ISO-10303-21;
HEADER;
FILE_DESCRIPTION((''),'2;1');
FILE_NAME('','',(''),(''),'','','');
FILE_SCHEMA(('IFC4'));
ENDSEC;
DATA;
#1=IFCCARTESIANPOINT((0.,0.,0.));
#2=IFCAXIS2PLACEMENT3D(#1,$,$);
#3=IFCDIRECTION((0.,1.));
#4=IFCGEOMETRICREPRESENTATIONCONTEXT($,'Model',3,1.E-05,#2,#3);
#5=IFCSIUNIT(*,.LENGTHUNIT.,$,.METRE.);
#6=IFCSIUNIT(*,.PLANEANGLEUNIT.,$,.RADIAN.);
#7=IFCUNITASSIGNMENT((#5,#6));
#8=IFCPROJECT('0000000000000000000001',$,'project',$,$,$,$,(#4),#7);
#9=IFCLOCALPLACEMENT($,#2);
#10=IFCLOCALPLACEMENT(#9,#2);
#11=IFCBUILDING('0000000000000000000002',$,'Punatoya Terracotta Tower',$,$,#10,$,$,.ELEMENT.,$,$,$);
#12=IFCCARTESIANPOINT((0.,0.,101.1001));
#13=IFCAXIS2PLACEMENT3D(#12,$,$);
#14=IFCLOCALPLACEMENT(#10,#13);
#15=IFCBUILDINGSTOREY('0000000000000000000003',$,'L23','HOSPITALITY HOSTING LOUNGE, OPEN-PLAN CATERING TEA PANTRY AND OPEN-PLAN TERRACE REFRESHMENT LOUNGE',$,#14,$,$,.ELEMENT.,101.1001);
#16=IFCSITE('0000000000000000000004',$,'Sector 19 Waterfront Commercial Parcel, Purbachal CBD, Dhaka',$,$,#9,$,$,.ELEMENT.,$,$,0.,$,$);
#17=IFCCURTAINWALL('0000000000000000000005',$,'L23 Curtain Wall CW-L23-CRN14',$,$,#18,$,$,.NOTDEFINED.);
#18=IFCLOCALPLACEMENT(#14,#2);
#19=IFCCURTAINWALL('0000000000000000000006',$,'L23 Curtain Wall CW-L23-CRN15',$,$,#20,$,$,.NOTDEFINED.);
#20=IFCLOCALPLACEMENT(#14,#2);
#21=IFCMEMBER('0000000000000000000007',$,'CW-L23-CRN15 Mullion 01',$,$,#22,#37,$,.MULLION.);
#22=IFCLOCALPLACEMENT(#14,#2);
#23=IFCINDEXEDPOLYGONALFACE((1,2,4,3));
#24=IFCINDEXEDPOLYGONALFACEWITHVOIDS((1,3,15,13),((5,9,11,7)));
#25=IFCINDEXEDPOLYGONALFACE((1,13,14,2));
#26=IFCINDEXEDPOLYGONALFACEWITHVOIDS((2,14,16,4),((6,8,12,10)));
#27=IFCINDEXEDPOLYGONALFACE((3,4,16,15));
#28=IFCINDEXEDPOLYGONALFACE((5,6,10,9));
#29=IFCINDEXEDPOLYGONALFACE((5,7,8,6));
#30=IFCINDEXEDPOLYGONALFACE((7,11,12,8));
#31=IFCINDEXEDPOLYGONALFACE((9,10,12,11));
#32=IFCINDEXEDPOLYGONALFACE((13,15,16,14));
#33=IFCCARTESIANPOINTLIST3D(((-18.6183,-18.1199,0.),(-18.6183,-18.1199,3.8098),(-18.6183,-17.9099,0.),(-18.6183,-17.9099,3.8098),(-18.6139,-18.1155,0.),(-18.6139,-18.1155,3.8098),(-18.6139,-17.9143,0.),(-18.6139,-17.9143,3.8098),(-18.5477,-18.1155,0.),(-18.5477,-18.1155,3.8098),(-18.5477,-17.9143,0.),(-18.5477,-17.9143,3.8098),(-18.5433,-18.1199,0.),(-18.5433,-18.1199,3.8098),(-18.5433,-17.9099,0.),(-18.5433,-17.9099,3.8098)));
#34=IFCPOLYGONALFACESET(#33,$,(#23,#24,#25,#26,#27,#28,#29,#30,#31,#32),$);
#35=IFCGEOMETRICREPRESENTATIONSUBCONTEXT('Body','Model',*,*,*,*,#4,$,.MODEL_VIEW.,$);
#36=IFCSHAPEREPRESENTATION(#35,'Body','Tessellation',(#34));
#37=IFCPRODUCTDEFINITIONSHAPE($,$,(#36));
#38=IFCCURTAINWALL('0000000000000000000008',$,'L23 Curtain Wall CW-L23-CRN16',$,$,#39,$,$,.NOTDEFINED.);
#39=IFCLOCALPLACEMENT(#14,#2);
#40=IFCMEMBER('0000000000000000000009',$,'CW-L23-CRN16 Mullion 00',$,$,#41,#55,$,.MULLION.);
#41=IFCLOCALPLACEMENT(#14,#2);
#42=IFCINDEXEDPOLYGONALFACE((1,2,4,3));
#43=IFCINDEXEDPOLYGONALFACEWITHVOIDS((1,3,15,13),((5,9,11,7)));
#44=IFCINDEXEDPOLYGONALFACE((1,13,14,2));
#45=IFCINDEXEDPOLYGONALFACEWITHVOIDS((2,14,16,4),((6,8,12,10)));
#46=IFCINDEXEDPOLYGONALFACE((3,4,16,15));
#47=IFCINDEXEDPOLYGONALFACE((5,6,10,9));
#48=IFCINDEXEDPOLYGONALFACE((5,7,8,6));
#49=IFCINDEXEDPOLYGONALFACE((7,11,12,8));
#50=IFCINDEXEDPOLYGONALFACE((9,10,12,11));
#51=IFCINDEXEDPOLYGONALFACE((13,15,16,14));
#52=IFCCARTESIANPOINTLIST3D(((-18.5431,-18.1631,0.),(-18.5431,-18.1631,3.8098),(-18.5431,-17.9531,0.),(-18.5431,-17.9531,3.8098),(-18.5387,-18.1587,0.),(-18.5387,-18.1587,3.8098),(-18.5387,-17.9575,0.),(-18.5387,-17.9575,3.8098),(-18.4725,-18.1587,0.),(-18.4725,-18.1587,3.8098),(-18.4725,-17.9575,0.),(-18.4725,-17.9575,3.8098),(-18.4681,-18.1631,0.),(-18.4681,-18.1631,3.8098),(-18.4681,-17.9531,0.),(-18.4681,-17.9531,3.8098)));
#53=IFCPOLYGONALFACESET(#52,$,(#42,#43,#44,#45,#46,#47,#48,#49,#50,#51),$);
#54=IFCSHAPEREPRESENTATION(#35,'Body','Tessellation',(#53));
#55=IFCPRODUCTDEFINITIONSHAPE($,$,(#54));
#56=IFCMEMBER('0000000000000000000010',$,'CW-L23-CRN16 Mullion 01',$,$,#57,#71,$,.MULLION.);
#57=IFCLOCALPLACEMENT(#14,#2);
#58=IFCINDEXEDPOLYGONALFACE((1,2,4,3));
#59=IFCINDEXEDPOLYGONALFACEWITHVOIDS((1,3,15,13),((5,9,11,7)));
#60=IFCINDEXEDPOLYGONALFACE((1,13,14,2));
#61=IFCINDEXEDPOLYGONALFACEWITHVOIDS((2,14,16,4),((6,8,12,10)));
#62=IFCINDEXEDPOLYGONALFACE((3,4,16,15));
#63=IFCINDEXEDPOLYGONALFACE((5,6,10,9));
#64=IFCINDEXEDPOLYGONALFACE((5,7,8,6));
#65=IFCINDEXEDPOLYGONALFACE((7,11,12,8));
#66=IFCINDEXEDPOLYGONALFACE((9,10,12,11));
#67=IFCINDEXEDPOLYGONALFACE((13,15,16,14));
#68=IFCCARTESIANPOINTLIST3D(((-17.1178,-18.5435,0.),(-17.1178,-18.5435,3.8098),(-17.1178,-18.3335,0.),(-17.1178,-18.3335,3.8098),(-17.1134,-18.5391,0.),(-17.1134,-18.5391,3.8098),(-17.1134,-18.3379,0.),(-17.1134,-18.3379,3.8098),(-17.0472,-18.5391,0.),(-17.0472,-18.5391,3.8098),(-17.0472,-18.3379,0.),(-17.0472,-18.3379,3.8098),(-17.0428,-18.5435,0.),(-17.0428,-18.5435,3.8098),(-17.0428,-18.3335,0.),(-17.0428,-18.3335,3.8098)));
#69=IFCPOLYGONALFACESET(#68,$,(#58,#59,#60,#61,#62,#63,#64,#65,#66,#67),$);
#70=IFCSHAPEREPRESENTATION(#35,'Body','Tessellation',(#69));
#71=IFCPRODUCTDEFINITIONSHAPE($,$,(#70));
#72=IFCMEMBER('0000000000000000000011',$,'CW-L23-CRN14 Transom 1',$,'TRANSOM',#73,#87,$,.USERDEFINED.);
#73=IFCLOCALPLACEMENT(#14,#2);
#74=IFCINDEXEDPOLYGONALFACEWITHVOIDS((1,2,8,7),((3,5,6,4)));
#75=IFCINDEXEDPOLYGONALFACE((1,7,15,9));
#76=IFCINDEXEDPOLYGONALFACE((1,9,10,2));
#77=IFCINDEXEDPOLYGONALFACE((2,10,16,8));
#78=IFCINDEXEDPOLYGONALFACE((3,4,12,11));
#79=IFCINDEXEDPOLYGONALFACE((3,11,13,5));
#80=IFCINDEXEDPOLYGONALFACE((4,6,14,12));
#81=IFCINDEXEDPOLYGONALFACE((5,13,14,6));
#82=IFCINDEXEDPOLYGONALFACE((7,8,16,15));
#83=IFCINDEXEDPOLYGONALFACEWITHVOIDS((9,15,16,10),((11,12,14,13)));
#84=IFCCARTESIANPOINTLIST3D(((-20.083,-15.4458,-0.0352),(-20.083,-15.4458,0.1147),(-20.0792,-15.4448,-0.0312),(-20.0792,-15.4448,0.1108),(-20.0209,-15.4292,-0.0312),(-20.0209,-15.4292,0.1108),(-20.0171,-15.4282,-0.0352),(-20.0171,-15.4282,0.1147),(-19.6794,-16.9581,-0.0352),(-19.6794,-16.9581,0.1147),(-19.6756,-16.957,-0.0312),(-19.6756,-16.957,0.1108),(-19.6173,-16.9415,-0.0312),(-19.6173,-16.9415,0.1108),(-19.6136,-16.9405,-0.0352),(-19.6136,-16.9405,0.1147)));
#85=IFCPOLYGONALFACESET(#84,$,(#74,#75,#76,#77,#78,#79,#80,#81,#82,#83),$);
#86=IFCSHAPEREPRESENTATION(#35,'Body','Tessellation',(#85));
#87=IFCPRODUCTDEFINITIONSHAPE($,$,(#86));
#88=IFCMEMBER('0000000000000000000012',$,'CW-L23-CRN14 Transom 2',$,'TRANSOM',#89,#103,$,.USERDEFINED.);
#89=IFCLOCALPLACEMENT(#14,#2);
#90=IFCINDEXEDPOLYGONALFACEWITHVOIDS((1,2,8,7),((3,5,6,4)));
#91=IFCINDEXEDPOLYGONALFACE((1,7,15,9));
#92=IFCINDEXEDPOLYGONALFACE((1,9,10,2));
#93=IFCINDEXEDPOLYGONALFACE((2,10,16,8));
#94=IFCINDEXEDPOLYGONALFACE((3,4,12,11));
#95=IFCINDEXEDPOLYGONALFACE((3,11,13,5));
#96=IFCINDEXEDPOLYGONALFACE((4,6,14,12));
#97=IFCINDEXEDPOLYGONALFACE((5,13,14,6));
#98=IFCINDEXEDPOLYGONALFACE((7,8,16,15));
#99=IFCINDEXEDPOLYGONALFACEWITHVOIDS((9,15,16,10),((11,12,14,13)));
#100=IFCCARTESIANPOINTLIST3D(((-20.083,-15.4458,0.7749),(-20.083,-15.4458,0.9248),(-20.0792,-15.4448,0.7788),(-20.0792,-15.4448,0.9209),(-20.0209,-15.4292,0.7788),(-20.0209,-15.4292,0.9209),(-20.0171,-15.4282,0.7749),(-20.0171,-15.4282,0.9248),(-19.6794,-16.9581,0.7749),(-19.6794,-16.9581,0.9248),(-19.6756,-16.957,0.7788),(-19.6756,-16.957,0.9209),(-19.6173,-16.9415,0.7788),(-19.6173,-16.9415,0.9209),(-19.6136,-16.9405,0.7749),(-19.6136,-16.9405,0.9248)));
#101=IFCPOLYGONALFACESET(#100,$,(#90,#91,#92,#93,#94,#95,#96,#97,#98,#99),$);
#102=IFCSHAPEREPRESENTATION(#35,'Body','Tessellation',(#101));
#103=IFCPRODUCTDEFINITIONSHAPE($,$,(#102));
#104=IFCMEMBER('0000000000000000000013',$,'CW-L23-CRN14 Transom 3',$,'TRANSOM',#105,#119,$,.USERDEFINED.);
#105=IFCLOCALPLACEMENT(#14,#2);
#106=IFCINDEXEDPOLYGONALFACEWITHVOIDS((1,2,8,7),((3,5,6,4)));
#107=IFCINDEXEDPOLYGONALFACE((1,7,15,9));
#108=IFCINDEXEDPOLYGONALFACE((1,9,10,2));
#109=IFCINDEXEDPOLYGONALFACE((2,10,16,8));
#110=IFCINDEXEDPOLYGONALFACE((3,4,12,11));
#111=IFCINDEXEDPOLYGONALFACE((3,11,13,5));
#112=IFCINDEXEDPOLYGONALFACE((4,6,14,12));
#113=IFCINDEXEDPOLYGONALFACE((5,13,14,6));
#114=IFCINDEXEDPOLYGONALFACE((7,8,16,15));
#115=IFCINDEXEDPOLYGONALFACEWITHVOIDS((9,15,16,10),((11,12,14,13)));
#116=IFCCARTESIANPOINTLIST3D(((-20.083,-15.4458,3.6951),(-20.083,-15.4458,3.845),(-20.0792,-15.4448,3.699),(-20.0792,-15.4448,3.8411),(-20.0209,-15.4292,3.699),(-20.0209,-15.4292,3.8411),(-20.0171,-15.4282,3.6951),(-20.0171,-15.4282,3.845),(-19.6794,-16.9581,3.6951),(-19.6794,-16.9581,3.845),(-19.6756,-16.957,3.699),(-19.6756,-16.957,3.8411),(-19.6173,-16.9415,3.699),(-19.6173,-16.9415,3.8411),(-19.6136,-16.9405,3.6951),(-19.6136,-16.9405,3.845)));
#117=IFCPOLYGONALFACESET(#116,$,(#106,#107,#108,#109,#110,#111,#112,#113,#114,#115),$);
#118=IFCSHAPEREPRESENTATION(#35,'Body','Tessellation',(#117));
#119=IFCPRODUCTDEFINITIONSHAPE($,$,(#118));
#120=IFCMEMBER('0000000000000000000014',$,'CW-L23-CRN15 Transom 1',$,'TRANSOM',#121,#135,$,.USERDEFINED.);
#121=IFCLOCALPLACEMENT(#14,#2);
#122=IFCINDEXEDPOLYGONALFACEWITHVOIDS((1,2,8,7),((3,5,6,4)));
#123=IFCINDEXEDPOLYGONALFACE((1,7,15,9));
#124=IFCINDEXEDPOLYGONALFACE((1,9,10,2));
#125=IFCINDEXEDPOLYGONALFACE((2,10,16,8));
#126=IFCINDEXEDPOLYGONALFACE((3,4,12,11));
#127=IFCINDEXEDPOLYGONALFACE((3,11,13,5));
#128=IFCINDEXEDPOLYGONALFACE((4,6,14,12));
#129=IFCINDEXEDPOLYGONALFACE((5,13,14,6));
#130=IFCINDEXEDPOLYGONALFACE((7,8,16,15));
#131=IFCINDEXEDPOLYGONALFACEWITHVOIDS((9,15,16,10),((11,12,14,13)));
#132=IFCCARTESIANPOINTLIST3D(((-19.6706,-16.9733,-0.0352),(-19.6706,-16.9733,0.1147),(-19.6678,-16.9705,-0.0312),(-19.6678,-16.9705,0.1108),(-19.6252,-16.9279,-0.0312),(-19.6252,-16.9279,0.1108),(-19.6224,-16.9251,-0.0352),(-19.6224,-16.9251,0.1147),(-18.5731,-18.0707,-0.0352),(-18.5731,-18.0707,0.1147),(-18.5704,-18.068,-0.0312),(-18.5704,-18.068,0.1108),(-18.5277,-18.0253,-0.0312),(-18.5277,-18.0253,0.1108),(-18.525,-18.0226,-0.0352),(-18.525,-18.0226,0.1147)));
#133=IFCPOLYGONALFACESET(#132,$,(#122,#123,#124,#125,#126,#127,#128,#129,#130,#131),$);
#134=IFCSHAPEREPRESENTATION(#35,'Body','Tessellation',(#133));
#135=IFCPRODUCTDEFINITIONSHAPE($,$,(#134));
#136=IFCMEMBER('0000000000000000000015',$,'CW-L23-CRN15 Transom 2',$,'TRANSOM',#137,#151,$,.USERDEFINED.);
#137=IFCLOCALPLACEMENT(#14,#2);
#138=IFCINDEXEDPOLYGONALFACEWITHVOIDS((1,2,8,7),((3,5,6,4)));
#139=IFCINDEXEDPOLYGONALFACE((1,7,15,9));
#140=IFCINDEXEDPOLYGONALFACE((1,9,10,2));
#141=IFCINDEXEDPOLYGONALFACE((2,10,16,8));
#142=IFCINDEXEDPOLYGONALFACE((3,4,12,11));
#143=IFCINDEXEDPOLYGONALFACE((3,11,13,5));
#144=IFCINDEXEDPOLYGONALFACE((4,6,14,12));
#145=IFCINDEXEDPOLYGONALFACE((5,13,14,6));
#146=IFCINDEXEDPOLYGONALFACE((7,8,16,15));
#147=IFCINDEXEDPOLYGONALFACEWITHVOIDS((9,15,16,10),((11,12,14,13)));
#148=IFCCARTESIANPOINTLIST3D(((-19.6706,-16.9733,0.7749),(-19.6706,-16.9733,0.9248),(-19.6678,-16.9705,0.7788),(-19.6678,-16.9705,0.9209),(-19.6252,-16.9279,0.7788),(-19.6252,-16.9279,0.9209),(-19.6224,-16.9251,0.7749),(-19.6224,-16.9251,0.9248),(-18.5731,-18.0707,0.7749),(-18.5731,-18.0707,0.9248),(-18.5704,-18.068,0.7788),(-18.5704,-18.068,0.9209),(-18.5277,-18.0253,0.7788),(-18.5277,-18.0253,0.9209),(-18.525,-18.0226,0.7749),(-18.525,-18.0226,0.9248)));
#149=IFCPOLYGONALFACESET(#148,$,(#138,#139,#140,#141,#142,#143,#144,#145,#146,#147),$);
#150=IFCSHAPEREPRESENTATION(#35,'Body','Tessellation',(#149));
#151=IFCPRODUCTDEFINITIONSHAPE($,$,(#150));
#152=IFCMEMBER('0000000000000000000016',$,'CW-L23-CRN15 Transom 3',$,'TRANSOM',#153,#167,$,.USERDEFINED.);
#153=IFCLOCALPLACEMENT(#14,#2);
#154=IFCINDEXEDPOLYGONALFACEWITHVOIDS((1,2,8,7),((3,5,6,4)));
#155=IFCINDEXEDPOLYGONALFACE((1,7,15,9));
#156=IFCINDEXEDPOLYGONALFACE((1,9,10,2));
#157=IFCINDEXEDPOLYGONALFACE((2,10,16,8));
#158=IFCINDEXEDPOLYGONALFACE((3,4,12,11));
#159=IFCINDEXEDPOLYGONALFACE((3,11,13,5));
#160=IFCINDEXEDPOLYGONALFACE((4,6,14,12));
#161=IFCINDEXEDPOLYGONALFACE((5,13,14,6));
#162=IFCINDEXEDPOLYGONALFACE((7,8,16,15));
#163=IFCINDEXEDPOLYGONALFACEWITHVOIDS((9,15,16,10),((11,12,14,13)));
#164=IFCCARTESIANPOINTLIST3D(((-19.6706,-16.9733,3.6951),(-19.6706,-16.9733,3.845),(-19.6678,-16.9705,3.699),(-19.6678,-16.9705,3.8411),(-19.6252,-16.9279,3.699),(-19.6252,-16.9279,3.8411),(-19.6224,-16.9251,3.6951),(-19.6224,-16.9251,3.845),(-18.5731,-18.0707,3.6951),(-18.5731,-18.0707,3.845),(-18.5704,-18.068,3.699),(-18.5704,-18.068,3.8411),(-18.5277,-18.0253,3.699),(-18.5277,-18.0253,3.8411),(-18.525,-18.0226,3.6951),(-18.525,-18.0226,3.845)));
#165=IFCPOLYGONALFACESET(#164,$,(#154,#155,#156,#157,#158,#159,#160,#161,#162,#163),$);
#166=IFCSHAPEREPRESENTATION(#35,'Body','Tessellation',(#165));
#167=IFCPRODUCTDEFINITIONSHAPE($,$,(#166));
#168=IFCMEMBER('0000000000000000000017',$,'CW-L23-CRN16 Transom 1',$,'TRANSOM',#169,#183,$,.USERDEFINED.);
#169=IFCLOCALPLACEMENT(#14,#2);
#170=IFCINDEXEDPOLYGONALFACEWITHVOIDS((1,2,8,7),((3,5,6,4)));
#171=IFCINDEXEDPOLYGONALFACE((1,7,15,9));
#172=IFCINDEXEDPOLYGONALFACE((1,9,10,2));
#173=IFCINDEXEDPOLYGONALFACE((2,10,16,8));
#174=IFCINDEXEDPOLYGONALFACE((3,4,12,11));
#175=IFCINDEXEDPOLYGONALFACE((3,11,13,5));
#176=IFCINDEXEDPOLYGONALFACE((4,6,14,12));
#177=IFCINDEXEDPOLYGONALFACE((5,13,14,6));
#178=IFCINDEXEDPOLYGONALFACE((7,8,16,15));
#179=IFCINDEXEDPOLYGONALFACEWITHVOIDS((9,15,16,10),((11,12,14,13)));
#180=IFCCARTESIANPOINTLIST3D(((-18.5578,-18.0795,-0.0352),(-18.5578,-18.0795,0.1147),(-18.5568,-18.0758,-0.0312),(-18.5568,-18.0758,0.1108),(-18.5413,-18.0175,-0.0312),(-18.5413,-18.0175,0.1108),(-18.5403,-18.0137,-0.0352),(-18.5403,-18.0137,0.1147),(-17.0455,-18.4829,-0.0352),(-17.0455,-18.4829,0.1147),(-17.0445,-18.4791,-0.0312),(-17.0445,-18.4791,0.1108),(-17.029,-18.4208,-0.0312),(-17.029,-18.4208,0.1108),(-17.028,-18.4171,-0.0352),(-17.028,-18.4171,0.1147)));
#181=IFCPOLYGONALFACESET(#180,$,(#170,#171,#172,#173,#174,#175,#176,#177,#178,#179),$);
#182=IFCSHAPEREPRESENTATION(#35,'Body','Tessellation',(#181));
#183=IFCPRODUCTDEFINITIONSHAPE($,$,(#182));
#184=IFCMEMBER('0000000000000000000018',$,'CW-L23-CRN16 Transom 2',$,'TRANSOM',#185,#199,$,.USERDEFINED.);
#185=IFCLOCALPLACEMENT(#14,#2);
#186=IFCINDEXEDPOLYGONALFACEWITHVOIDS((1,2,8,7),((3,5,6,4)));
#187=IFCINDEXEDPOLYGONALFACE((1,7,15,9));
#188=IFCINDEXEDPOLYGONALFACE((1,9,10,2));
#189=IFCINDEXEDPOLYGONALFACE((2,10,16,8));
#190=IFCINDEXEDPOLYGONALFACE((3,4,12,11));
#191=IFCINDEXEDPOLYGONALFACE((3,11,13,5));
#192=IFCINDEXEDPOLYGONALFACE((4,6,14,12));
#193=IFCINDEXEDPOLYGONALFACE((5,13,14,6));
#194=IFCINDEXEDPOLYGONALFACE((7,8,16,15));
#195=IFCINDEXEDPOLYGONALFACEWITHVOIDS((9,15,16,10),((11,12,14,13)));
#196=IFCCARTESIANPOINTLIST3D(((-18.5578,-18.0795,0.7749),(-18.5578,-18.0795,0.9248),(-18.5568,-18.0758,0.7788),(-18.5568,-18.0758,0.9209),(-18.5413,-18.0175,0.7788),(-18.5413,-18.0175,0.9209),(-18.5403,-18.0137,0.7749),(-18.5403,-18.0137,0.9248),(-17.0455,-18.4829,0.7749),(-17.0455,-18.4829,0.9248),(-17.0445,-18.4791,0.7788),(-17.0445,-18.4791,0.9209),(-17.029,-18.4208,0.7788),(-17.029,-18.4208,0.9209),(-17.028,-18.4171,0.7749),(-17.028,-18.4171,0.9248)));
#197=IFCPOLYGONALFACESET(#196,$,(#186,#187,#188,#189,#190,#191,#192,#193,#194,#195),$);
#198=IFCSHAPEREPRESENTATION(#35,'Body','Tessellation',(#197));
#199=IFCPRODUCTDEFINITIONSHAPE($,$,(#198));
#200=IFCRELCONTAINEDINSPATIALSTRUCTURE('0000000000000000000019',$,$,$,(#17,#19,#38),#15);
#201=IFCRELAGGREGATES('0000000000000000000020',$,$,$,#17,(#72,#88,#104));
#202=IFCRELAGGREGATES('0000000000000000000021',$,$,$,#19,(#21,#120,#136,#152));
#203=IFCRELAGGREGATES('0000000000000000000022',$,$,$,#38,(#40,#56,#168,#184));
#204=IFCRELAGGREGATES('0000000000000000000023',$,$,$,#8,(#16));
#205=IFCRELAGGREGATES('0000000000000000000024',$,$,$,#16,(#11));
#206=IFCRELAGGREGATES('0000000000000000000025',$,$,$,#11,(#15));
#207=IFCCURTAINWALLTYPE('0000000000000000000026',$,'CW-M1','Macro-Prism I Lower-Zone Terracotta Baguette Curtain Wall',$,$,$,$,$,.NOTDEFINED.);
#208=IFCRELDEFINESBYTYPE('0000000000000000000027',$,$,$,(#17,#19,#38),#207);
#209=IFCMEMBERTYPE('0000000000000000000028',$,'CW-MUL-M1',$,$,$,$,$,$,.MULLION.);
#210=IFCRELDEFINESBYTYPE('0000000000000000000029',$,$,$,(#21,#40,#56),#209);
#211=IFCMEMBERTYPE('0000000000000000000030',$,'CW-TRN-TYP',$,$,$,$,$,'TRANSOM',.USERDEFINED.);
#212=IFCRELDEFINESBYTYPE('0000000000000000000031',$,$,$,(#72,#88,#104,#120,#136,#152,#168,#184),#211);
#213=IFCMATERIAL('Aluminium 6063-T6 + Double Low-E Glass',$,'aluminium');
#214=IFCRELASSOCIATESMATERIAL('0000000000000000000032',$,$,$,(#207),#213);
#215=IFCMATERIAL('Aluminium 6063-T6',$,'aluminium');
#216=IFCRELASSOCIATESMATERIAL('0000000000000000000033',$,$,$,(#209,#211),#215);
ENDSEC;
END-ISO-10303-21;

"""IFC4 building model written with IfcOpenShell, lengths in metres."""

from ifc_helpers import new_model, si_unit, direction, frame, origin, origin_2d, place, context, subcontext, project, spatial, hollow_rectangle, extrude, material, material_profile, profile_set, type_object, element, aggregate, save


model = new_model("IFC4")

# Units and contexts
model_context = context("Model", 3, precision=1e-05, world=origin(), true_north=direction((0.0, 1.0)))
body_context = subcontext(model_context, "Body", "Model", "MODEL_VIEW")
ifc_project = project(units=[si_unit("LENGTHUNIT", "METRE"), si_unit("PLANEANGLEUNIT", "RADIAN")], contexts=[model_context])

# Site, building, storey
site_placement = place(None, origin())
site = spatial("IfcSite", under=ifc_project, at=site_placement, Name="Sector 19 Waterfront Commercial Parcel, Purbachal CBD, Dhaka", CompositionType="ELEMENT", RefElevation=0.0)
building_placement = place(site_placement, origin())
building = spatial("IfcBuilding", under=site, at=building_placement, Name="Punatoya Terracotta Tower", CompositionType="ELEMENT")
storey_placement = place(building_placement, frame((0.0, 0.0, 101.1001)))
storey = spatial("IfcBuildingStorey", under=building, at=storey_placement, Name="L23", Description="HOSPITALITY HOSTING LOUNGE, OPEN-PLAN CATERING TEA PANTRY AND OPEN-PLAN TERRACE REFRESHMENT LOUNGE", CompositionType="ELEMENT", Elevation=101.1001)

# Shared definitions
ifc_material_1 = material(Name="Aluminium 6063-T6 + Double Low-E Glass", Category="aluminium")
curtain_wall_type = type_object("IfcCurtainWallType", Name="CW-M1", Description="Macro-Prism I Lower-Zone Terracotta Baguette Curtain Wall", PredefinedType="NOTDEFINED", material=ifc_material_1)
ifc_material_2 = material(Name="Aluminium 6063-T6", Category="aluminium")
ifc_material_profile_1 = material_profile(ifc_material_2, hollow_rectangle(XDim=0.075, YDim=0.21, WallThickness=0.0044, at=origin_2d()))
ifc_profile_set_1 = profile_set([ifc_material_profile_1], Name="Aluminium 6063-T6")
member_type_1 = type_object("IfcMemberType", Name="CW-MUL-M1", PredefinedType="MULLION", material=ifc_profile_set_1)

# Curtain walls, members
curtain_wall_1_placement = place(storey_placement, origin())
curtain_wall_1 = element("IfcCurtainWall", 1, at=curtain_wall_1_placement, inside=storey, type_object=curtain_wall_type, Name="L23 Curtain Wall CW-L23-CRN14", PredefinedType="NOTDEFINED")
curtain_wall_2_placement = place(storey_placement, origin())
curtain_wall_2 = element("IfcCurtainWall", 2, at=curtain_wall_2_placement, inside=storey, type_object=curtain_wall_type, Name="L23 Curtain Wall CW-L23-CRN15", PredefinedType="NOTDEFINED")
member_1_placement = place(storey_placement, frame((-18.5808, -18.0149, 0.0), z_axis=(0.0, 0.0, 1.0), x_axis=(1.0, 0.0, 0.0)))
member_1 = element("IfcMember", 3, at=member_1_placement, type_object=member_type_1, Name="CW-L23-CRN15 Mullion 01", PredefinedType="MULLION", context=body_context, shape_type="SweptSolid", body=[
    extrude(hollow_rectangle(XDim=0.075, YDim=0.21, WallThickness=0.0044, at=origin_2d()), origin(), (0.0, 0.0, 1.0), 3.8098),
])
curtain_wall_3_placement = place(storey_placement, origin())
curtain_wall_3 = element("IfcCurtainWall", 4, at=curtain_wall_3_placement, inside=storey, type_object=curtain_wall_type, Name="L23 Curtain Wall CW-L23-CRN16", PredefinedType="NOTDEFINED")
member_2_placement = place(storey_placement, frame((-18.5056, -18.0581, 0.0), z_axis=(0.0, 0.0, 1.0), x_axis=(1.0, 0.0, 0.0)))
member_2 = element("IfcMember", 5, at=member_2_placement, type_object=member_type_1, Name="CW-L23-CRN16 Mullion 00", PredefinedType="MULLION", context=body_context, shape_type="SweptSolid", body=[
    extrude(hollow_rectangle(XDim=0.075, YDim=0.21, WallThickness=0.0044, at=origin_2d()), origin(), (0.0, 0.0, 1.0), 3.8098),
])
member_3_placement = place(storey_placement, frame((-17.0803, -18.4385, 0.0), z_axis=(0.0, 0.0, 1.0), x_axis=(1.0, 0.0, 0.0)))
member_3 = element("IfcMember", 6, at=member_3_placement, type_object=member_type_1, Name="CW-L23-CRN16 Mullion 01", PredefinedType="MULLION", context=body_context, shape_type="SweptSolid", body=[
    extrude(hollow_rectangle(XDim=0.075, YDim=0.21, WallThickness=0.0044, at=origin_2d()), origin(), (0.0, 0.0, 1.0), 3.8098),
])

# Members
ifc_material_profile_2 = material_profile(ifc_material_2, hollow_rectangle(XDim=0.0681, YDim=0.1499, WallThickness=0.0039, at=origin_2d()))
ifc_profile_set_2 = profile_set([ifc_material_profile_2], Name="Aluminium 6063-T6")
member_type_2 = type_object("IfcMemberType", Name="CW-TRN-TYP", ElementType="TRANSOM", PredefinedType="USERDEFINED", material=ifc_profile_set_2)
member_4_placement = place(storey_placement, frame((-20.05, -15.437, 0.0398), z_axis=(0.257847, -0.966186, 0.0), x_axis=(0.966186, 0.257847, 0.0)))
member_4 = element("IfcMember", 7, at=member_4_placement, type_object=member_type_2, Name="CW-L23-CRN14 Transom 1", ObjectType="TRANSOM", PredefinedType="USERDEFINED", context=body_context, shape_type="SweptSolid", body=[
    extrude(hollow_rectangle(XDim=0.0681, YDim=0.1499, WallThickness=0.0039, at=origin_2d()), origin(), (0.0, 0.0, 1.0), 1.5652),
])
member_5_placement = place(storey_placement, frame((-20.05, -15.437, 0.8499), z_axis=(0.257847, -0.966186, 0.0), x_axis=(0.966186, 0.257847, 0.0)))
member_5 = element("IfcMember", 8, at=member_5_placement, type_object=member_type_2, Name="CW-L23-CRN14 Transom 2", ObjectType="TRANSOM", PredefinedType="USERDEFINED", context=body_context, shape_type="SweptSolid", body=[
    extrude(hollow_rectangle(XDim=0.0681, YDim=0.1499, WallThickness=0.0039, at=origin_2d()), origin(), (0.0, 0.0, 1.0), 1.5652),
])
member_6_placement = place(storey_placement, frame((-20.05, -15.437, 3.77), z_axis=(0.257847, -0.966186, 0.0), x_axis=(0.966186, 0.257847, 0.0)))
member_6 = element("IfcMember", 9, at=member_6_placement, type_object=member_type_2, Name="CW-L23-CRN14 Transom 3", ObjectType="TRANSOM", PredefinedType="USERDEFINED", context=body_context, shape_type="SweptSolid", body=[
    extrude(hollow_rectangle(XDim=0.0681, YDim=0.1499, WallThickness=0.0039, at=origin_2d()), origin(), (0.0, 0.0, 1.0), 1.5652),
])
member_7_placement = place(storey_placement, frame((-19.6465, -16.9492, 0.0398), z_axis=(0.707107, -0.707107, 0.0), x_axis=(0.707107, 0.707107, 0.0)))
member_7 = element("IfcMember", 10, at=member_7_placement, type_object=member_type_2, Name="CW-L23-CRN15 Transom 1", ObjectType="TRANSOM", PredefinedType="USERDEFINED", context=body_context, shape_type="SweptSolid", body=[
    extrude(hollow_rectangle(XDim=0.0681, YDim=0.1499, WallThickness=0.0039, at=origin_2d()), origin(), (0.0, 0.0, 1.0), 1.552),
])
member_8_placement = place(storey_placement, frame((-19.6465, -16.9492, 0.8499), z_axis=(0.707107, -0.707107, 0.0), x_axis=(0.707107, 0.707107, 0.0)))
member_8 = element("IfcMember", 11, at=member_8_placement, type_object=member_type_2, Name="CW-L23-CRN15 Transom 2", ObjectType="TRANSOM", PredefinedType="USERDEFINED", context=body_context, shape_type="SweptSolid", body=[
    extrude(hollow_rectangle(XDim=0.0681, YDim=0.1499, WallThickness=0.0039, at=origin_2d()), origin(), (0.0, 0.0, 1.0), 1.552),
])
member_9_placement = place(storey_placement, frame((-19.6465, -16.9492, 3.77), z_axis=(0.707107, -0.707107, 0.0), x_axis=(0.707107, 0.707107, 0.0)))
member_9 = element("IfcMember", 12, at=member_9_placement, type_object=member_type_2, Name="CW-L23-CRN15 Transom 3", ObjectType="TRANSOM", PredefinedType="USERDEFINED", context=body_context, shape_type="SweptSolid", body=[
    extrude(hollow_rectangle(XDim=0.0681, YDim=0.1499, WallThickness=0.0039, at=origin_2d()), origin(), (0.0, 0.0, 1.0), 1.552),
])
member_10_placement = place(storey_placement, frame((-18.5491, -18.0466, 0.0398), z_axis=(0.966225, -0.257701, 0.0), x_axis=(0.257701, 0.966225, 0.0)))
member_10 = element("IfcMember", 13, at=member_10_placement, type_object=member_type_2, Name="CW-L23-CRN16 Transom 1", ObjectType="TRANSOM", PredefinedType="USERDEFINED", context=body_context, shape_type="SweptSolid", body=[
    extrude(hollow_rectangle(XDim=0.0681, YDim=0.1499, WallThickness=0.0039, at=origin_2d()), origin(), (0.0, 0.0, 1.0), 1.5652),
])
member_11_placement = place(storey_placement, frame((-18.5491, -18.0466, 0.8499), z_axis=(0.966225, -0.257701, 0.0), x_axis=(0.257701, 0.966225, 0.0)))
member_11 = element("IfcMember", 14, at=member_11_placement, type_object=member_type_2, Name="CW-L23-CRN16 Transom 2", ObjectType="TRANSOM", PredefinedType="USERDEFINED", context=body_context, shape_type="SweptSolid", body=[
    extrude(hollow_rectangle(XDim=0.0681, YDim=0.1499, WallThickness=0.0039, at=origin_2d()), origin(), (0.0, 0.0, 1.0), 1.5652),
])

aggregate(curtain_wall_1, [member_4, member_5, member_6])
aggregate(curtain_wall_2, [member_1, member_7, member_8, member_9])
aggregate(curtain_wall_3, [member_2, member_3, member_10, member_11])

save(model, "model.ifc")
